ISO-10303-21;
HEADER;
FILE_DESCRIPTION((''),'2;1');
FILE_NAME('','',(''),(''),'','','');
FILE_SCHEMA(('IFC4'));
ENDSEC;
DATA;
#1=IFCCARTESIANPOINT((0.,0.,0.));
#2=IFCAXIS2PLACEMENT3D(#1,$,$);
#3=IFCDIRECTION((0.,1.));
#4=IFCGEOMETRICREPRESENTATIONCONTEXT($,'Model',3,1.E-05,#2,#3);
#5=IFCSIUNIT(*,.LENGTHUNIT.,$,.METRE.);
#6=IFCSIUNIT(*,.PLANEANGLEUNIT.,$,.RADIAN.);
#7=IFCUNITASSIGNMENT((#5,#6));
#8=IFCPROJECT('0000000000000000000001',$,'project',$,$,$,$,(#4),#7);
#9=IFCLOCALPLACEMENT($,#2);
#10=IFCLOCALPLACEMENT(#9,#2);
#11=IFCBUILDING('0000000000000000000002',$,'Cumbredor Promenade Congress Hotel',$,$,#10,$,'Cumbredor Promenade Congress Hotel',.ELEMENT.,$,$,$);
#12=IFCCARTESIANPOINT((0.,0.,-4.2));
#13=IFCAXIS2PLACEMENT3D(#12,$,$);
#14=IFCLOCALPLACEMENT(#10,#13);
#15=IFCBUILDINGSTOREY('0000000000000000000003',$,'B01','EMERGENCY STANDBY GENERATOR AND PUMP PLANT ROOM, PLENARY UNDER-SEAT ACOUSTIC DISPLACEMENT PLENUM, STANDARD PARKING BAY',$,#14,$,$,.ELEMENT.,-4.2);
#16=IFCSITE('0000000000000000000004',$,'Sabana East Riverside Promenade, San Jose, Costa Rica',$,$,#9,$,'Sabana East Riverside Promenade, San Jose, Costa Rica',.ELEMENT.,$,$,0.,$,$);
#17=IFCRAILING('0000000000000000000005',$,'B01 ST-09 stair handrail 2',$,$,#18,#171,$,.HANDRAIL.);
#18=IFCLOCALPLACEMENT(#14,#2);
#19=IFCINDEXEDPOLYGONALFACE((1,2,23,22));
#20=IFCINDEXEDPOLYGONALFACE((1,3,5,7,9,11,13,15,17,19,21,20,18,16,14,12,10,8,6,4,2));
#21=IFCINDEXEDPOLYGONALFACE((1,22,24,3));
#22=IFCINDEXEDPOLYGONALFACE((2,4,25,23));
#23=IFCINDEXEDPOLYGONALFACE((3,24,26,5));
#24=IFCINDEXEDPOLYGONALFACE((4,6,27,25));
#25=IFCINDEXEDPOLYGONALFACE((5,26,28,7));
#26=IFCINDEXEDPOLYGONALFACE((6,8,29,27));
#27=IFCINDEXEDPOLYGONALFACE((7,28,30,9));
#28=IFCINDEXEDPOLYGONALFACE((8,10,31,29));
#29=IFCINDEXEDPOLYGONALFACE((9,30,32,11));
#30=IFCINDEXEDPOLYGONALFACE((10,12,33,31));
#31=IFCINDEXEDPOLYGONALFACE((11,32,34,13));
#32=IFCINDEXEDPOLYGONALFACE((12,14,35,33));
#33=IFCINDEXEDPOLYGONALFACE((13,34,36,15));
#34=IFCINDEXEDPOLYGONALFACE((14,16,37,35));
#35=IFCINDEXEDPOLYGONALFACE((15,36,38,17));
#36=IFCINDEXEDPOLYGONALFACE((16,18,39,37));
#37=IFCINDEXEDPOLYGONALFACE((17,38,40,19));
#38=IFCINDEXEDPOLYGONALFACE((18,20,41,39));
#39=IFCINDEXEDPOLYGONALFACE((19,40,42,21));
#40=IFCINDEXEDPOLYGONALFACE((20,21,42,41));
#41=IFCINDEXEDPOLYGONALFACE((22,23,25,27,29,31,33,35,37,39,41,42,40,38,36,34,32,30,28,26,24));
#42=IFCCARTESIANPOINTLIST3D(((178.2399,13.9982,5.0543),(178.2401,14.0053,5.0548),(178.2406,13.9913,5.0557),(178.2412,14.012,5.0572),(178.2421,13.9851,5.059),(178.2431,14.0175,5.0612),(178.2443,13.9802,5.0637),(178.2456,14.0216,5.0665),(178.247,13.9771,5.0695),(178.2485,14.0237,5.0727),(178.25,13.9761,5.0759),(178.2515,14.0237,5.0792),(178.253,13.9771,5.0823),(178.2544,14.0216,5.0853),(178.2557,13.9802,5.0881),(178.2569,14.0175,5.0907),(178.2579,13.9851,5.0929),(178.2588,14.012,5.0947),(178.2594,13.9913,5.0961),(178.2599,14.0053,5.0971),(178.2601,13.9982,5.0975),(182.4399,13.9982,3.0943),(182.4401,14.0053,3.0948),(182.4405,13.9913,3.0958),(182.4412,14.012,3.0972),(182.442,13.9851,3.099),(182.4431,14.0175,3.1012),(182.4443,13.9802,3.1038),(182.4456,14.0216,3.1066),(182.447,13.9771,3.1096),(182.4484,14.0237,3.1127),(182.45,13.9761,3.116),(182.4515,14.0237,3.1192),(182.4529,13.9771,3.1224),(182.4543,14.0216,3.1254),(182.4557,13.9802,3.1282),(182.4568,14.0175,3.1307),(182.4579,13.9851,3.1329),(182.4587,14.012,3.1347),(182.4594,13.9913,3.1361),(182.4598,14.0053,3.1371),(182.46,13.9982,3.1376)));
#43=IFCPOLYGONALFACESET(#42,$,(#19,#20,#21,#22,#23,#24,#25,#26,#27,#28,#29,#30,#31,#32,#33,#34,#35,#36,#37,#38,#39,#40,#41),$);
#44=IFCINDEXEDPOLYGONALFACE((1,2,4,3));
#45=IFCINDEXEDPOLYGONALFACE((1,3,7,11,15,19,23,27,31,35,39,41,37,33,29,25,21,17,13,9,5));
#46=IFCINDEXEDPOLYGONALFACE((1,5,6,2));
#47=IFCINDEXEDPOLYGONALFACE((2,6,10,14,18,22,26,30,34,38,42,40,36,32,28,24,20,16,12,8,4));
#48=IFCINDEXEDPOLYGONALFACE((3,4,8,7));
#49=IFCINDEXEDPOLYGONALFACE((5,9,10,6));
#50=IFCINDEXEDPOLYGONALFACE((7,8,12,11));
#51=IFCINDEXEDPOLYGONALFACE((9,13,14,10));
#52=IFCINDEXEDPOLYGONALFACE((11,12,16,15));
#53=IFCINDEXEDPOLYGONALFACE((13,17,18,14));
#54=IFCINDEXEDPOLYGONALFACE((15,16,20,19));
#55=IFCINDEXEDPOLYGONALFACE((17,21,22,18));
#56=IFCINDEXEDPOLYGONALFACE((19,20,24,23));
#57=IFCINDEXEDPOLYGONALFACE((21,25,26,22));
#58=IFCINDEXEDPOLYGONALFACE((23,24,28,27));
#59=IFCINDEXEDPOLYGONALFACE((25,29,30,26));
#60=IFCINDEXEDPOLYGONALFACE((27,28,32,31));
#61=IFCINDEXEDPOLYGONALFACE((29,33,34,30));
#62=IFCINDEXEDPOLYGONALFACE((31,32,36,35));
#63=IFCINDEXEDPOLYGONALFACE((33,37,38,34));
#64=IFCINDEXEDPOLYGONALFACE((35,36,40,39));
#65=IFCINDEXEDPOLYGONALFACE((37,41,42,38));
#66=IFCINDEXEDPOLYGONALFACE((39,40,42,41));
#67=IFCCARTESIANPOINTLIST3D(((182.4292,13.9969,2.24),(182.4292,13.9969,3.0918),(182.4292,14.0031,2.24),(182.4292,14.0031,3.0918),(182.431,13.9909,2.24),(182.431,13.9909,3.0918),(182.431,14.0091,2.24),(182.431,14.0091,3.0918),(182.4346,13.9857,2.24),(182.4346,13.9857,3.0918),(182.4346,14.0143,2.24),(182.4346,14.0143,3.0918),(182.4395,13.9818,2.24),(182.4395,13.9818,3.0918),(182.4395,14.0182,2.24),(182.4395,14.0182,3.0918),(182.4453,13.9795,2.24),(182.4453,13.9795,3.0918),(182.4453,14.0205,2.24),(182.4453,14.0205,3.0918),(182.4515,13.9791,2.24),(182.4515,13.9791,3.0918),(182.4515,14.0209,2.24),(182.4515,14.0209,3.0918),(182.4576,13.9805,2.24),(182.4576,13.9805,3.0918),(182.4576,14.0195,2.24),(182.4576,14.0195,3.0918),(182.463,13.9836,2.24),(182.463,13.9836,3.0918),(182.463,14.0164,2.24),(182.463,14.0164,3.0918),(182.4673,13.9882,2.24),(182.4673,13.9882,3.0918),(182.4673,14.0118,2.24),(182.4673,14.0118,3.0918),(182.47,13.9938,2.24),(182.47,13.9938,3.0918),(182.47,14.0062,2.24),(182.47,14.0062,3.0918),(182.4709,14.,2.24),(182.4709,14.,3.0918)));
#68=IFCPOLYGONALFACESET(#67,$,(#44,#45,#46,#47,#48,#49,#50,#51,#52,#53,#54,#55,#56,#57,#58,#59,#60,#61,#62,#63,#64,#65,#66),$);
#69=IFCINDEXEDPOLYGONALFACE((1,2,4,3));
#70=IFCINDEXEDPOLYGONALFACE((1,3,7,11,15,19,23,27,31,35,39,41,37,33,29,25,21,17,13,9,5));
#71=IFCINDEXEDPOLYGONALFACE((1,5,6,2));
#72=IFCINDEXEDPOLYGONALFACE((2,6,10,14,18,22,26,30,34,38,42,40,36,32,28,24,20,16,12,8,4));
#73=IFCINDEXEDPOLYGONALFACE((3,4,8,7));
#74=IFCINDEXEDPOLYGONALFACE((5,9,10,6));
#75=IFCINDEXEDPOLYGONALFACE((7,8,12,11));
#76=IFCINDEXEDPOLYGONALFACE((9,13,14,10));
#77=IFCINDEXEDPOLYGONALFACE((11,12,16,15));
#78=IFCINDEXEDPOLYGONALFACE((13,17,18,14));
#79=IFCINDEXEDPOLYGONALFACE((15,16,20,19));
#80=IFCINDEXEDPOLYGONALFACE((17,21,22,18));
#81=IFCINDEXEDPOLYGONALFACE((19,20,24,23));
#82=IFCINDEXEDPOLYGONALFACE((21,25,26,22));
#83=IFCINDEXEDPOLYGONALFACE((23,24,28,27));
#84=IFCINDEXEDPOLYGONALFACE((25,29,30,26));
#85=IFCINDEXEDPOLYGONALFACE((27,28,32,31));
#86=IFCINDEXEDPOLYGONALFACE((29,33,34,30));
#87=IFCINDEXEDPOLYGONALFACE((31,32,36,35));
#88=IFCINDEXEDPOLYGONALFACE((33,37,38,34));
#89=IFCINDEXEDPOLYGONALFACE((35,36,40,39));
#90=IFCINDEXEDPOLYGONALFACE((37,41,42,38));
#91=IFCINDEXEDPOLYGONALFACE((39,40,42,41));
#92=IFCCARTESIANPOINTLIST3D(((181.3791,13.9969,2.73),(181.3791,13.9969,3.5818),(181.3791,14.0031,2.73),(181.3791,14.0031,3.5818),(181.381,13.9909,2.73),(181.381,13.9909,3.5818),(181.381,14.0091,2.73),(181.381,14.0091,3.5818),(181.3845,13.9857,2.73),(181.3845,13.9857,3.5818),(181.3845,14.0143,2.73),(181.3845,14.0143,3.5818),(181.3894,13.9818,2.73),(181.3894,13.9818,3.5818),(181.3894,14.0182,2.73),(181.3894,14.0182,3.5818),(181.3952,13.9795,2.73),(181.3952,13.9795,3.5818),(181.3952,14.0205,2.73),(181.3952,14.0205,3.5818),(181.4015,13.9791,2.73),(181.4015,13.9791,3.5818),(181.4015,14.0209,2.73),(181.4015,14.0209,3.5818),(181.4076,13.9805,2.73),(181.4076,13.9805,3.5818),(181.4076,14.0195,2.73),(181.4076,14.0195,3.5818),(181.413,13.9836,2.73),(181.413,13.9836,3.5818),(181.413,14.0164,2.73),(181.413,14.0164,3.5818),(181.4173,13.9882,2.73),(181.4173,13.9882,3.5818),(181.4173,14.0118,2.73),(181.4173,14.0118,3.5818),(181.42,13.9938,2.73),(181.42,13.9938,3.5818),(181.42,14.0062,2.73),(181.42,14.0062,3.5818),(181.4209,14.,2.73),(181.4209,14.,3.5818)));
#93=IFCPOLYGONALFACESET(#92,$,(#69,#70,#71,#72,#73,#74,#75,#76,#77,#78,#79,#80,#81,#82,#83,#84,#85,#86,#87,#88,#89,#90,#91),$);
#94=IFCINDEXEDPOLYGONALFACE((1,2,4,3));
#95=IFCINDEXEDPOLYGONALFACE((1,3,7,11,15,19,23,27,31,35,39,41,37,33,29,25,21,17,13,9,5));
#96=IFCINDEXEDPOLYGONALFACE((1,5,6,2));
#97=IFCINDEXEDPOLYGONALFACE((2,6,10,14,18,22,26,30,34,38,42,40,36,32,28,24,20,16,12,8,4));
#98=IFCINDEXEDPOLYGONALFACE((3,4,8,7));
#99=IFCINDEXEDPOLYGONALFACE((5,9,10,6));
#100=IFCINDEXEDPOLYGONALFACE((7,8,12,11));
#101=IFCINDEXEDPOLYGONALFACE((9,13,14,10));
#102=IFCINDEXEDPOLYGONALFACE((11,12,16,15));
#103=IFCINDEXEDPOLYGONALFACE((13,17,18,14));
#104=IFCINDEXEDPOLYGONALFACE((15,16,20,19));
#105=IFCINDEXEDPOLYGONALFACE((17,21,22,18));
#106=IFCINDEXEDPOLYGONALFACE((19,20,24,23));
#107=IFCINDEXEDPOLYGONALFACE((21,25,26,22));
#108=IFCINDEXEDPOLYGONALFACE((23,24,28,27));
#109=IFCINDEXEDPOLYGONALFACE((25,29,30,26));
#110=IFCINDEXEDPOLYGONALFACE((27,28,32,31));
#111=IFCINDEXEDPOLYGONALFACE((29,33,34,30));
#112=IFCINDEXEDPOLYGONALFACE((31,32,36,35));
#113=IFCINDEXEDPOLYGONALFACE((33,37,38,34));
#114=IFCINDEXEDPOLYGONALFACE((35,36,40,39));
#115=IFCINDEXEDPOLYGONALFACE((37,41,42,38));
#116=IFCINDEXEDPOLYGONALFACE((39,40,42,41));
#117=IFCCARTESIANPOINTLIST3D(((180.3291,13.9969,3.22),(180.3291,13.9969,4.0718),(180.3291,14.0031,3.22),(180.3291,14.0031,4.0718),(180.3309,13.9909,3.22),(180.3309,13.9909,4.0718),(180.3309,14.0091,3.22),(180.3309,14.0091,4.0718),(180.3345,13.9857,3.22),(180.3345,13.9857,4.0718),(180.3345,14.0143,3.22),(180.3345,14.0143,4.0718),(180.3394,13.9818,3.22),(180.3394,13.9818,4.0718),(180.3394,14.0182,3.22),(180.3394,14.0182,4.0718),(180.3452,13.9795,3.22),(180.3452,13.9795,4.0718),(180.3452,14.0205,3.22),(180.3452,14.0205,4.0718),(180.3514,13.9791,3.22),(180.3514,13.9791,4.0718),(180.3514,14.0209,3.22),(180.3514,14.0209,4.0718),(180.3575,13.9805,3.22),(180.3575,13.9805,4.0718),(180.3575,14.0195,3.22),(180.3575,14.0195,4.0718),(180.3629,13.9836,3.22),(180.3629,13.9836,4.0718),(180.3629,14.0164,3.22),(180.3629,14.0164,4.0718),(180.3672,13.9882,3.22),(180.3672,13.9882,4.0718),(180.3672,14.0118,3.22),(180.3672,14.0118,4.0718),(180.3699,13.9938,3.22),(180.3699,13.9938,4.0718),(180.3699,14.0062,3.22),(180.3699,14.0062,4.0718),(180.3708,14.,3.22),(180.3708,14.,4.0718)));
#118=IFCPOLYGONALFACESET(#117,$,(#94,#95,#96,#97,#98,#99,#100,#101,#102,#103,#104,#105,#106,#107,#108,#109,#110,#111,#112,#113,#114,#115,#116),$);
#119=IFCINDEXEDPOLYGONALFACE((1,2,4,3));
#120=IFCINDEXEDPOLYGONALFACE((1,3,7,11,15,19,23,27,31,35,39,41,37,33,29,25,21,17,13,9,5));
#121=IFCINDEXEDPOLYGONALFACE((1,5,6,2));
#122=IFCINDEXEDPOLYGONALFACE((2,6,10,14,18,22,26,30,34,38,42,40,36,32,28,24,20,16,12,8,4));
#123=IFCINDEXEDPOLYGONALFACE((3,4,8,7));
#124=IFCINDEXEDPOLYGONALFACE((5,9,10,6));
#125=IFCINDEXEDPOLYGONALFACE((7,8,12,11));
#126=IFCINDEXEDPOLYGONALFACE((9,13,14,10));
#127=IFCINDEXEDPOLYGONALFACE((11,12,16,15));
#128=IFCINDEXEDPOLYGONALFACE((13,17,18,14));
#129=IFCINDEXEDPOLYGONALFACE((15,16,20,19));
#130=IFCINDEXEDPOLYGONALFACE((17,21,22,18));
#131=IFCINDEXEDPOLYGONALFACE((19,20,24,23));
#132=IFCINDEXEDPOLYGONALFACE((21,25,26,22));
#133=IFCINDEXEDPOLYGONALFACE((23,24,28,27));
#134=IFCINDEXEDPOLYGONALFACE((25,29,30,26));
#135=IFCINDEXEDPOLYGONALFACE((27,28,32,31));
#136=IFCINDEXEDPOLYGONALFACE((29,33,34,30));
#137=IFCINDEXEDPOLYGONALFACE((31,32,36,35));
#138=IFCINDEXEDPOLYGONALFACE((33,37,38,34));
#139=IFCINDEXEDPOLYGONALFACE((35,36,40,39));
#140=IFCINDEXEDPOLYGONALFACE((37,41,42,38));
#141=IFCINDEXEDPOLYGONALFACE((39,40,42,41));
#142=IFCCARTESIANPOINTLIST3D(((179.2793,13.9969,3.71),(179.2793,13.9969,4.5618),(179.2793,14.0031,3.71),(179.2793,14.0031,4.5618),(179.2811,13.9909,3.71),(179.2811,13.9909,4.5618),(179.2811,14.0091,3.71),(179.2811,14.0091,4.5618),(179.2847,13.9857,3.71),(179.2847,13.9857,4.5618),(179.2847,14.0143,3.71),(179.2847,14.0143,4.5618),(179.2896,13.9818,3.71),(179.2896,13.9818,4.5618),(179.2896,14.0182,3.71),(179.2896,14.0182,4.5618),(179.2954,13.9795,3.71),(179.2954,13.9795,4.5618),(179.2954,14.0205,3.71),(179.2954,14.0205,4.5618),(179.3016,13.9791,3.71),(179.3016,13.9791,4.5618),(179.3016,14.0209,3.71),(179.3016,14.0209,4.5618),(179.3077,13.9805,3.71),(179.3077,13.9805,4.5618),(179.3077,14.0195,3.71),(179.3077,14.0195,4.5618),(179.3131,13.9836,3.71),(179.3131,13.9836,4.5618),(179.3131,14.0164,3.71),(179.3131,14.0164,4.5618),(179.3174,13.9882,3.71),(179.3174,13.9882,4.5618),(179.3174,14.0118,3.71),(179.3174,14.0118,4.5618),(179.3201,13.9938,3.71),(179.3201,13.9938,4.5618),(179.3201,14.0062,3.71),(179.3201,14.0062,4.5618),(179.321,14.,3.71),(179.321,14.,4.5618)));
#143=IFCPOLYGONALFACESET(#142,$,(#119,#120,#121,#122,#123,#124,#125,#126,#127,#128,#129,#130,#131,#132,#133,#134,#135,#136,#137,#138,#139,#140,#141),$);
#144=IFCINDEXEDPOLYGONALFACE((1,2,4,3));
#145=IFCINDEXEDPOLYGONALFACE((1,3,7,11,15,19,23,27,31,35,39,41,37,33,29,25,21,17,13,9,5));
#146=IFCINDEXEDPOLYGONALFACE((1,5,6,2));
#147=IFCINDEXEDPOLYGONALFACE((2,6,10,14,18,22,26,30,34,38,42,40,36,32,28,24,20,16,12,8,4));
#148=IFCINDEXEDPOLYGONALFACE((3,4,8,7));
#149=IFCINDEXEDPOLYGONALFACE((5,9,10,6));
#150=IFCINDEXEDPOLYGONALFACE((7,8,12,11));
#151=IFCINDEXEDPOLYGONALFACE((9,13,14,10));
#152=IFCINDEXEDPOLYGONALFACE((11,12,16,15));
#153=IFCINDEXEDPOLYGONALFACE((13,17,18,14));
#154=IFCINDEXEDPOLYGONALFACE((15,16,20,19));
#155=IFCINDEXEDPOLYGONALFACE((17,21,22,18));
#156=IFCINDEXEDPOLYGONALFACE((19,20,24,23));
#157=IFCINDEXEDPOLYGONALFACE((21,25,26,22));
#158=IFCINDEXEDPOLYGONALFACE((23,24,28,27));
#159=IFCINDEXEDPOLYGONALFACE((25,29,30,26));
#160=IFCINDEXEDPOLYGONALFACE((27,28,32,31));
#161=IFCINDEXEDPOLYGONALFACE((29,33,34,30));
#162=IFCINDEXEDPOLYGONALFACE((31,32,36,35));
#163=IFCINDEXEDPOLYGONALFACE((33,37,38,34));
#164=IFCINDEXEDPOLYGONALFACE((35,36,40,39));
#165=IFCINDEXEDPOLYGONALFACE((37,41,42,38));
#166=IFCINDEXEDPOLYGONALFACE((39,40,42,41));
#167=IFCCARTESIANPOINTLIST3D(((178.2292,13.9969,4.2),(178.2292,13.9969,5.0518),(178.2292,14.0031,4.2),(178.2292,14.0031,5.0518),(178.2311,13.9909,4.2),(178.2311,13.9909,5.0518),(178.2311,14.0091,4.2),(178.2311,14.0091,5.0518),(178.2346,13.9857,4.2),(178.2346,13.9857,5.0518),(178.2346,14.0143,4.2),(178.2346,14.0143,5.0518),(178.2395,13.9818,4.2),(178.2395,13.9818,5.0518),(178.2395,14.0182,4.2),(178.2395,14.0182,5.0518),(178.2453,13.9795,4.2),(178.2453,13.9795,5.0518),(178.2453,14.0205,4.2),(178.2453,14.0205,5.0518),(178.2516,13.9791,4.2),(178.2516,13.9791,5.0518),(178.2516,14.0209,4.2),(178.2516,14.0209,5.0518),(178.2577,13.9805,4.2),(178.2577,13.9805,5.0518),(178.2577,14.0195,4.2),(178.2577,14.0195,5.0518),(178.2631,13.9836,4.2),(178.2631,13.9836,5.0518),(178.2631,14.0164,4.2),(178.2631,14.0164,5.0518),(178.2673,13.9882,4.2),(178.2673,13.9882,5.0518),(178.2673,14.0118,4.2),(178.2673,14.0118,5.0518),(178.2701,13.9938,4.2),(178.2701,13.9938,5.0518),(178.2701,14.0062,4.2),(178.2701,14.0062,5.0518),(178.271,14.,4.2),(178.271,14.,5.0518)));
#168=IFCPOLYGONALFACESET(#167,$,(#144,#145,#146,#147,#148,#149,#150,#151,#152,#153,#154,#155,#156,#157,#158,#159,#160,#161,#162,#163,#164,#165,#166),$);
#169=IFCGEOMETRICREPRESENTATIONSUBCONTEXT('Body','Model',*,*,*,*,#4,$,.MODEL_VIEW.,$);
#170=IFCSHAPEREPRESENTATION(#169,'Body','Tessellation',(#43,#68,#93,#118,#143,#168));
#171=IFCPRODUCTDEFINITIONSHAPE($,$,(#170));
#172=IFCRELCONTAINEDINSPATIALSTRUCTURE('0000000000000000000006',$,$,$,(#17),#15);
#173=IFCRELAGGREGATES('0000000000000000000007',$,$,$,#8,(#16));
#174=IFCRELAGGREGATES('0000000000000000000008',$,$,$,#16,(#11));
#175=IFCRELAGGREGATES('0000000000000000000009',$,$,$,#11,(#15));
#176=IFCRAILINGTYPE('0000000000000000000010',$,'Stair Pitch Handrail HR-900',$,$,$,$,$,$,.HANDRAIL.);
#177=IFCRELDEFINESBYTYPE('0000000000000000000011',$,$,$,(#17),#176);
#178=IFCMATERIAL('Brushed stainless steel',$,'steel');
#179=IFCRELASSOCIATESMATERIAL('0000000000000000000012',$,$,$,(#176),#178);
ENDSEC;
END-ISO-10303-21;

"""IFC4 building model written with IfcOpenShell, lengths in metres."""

from ifc_helpers import new_model, si_unit, direction, frame, origin, origin_2d, place, context, subcontext, project, spatial, circle, extrude, material, type_object, element, save


model = new_model("IFC4")

# Units and contexts
model_context = context("Model", 3, precision=1e-05, world=origin(), true_north=direction((0.0, 1.0)))
body_context = subcontext(model_context, "Body", "Model", "MODEL_VIEW")
ifc_project = project(units=[si_unit("LENGTHUNIT", "METRE"), si_unit("PLANEANGLEUNIT", "RADIAN")], contexts=[model_context])

# Site, building, storey
site_placement = place(None, origin())
site = spatial("IfcSite", under=ifc_project, at=site_placement, Name="Sabana East Riverside Promenade, San Jose, Costa Rica", LongName="Sabana East Riverside Promenade, San Jose, Costa Rica", CompositionType="ELEMENT", RefElevation=0.0)
building_placement = place(site_placement, origin())
building = spatial("IfcBuilding", under=site, at=building_placement, Name="Cumbredor Promenade Congress Hotel", LongName="Cumbredor Promenade Congress Hotel", CompositionType="ELEMENT")
storey_placement = place(building_placement, frame((0.0, 0.0, -4.2)))
storey = spatial("IfcBuildingStorey", under=building, at=storey_placement, Name="B01", Description="EMERGENCY STANDBY GENERATOR AND PUMP PLANT ROOM, PLENARY UNDER-SEAT ACOUSTIC DISPLACEMENT PLENUM, STANDARD PARKING BAY", CompositionType="ELEMENT", Elevation=-4.2)

# Railing
ifc_material_1 = material(Name="Brushed stainless steel", Category="steel")
railing_type_1 = type_object("IfcRailingType", Name="Stair Pitch Handrail HR-900", PredefinedType="HANDRAIL", material=ifc_material_1)
railing_1_placement = place(storey_placement, frame((182.45, 14.0, 2.24)))
element("IfcRailing", 1, at=railing_1_placement, inside=storey, type_object=railing_type_1, Name="B01 ST-09 stair handrail 2", PredefinedType="HANDRAIL", context=body_context, shape_type="SweptSolid", body=[
    extrude(circle(Radius=0.0239, at=origin_2d()), frame((0.0, 0.0, 0.876), z_axis=(-0.906184, 0.0, 0.422883), x_axis=(0.0, -1.0, 0.0)), (0.0, 0.0, 1.0), 4.6348),
    extrude(circle(Radius=0.021, at=origin_2d()), origin(), (0.0, 0.0, 1.0), 0.8518),
    extrude(circle(Radius=0.021, at=origin_2d()), frame((-1.05, 0.0, 0.49)), (0.0, 0.0, 1.0), 0.8518),
    extrude(circle(Radius=0.021, at=origin_2d()), frame((-2.1001, 0.0, 0.98)), (0.0, 0.0, 1.0), 0.8518),
    extrude(circle(Radius=0.021, at=origin_2d()), frame((-3.1499, 0.0, 1.47)), (0.0, 0.0, 1.0), 0.8518),
    extrude(circle(Radius=0.021, at=origin_2d()), frame((-4.2, 0.0, 1.96)), (0.0, 0.0, 1.0), 0.8518),
])

save(model, "model.ifc")
